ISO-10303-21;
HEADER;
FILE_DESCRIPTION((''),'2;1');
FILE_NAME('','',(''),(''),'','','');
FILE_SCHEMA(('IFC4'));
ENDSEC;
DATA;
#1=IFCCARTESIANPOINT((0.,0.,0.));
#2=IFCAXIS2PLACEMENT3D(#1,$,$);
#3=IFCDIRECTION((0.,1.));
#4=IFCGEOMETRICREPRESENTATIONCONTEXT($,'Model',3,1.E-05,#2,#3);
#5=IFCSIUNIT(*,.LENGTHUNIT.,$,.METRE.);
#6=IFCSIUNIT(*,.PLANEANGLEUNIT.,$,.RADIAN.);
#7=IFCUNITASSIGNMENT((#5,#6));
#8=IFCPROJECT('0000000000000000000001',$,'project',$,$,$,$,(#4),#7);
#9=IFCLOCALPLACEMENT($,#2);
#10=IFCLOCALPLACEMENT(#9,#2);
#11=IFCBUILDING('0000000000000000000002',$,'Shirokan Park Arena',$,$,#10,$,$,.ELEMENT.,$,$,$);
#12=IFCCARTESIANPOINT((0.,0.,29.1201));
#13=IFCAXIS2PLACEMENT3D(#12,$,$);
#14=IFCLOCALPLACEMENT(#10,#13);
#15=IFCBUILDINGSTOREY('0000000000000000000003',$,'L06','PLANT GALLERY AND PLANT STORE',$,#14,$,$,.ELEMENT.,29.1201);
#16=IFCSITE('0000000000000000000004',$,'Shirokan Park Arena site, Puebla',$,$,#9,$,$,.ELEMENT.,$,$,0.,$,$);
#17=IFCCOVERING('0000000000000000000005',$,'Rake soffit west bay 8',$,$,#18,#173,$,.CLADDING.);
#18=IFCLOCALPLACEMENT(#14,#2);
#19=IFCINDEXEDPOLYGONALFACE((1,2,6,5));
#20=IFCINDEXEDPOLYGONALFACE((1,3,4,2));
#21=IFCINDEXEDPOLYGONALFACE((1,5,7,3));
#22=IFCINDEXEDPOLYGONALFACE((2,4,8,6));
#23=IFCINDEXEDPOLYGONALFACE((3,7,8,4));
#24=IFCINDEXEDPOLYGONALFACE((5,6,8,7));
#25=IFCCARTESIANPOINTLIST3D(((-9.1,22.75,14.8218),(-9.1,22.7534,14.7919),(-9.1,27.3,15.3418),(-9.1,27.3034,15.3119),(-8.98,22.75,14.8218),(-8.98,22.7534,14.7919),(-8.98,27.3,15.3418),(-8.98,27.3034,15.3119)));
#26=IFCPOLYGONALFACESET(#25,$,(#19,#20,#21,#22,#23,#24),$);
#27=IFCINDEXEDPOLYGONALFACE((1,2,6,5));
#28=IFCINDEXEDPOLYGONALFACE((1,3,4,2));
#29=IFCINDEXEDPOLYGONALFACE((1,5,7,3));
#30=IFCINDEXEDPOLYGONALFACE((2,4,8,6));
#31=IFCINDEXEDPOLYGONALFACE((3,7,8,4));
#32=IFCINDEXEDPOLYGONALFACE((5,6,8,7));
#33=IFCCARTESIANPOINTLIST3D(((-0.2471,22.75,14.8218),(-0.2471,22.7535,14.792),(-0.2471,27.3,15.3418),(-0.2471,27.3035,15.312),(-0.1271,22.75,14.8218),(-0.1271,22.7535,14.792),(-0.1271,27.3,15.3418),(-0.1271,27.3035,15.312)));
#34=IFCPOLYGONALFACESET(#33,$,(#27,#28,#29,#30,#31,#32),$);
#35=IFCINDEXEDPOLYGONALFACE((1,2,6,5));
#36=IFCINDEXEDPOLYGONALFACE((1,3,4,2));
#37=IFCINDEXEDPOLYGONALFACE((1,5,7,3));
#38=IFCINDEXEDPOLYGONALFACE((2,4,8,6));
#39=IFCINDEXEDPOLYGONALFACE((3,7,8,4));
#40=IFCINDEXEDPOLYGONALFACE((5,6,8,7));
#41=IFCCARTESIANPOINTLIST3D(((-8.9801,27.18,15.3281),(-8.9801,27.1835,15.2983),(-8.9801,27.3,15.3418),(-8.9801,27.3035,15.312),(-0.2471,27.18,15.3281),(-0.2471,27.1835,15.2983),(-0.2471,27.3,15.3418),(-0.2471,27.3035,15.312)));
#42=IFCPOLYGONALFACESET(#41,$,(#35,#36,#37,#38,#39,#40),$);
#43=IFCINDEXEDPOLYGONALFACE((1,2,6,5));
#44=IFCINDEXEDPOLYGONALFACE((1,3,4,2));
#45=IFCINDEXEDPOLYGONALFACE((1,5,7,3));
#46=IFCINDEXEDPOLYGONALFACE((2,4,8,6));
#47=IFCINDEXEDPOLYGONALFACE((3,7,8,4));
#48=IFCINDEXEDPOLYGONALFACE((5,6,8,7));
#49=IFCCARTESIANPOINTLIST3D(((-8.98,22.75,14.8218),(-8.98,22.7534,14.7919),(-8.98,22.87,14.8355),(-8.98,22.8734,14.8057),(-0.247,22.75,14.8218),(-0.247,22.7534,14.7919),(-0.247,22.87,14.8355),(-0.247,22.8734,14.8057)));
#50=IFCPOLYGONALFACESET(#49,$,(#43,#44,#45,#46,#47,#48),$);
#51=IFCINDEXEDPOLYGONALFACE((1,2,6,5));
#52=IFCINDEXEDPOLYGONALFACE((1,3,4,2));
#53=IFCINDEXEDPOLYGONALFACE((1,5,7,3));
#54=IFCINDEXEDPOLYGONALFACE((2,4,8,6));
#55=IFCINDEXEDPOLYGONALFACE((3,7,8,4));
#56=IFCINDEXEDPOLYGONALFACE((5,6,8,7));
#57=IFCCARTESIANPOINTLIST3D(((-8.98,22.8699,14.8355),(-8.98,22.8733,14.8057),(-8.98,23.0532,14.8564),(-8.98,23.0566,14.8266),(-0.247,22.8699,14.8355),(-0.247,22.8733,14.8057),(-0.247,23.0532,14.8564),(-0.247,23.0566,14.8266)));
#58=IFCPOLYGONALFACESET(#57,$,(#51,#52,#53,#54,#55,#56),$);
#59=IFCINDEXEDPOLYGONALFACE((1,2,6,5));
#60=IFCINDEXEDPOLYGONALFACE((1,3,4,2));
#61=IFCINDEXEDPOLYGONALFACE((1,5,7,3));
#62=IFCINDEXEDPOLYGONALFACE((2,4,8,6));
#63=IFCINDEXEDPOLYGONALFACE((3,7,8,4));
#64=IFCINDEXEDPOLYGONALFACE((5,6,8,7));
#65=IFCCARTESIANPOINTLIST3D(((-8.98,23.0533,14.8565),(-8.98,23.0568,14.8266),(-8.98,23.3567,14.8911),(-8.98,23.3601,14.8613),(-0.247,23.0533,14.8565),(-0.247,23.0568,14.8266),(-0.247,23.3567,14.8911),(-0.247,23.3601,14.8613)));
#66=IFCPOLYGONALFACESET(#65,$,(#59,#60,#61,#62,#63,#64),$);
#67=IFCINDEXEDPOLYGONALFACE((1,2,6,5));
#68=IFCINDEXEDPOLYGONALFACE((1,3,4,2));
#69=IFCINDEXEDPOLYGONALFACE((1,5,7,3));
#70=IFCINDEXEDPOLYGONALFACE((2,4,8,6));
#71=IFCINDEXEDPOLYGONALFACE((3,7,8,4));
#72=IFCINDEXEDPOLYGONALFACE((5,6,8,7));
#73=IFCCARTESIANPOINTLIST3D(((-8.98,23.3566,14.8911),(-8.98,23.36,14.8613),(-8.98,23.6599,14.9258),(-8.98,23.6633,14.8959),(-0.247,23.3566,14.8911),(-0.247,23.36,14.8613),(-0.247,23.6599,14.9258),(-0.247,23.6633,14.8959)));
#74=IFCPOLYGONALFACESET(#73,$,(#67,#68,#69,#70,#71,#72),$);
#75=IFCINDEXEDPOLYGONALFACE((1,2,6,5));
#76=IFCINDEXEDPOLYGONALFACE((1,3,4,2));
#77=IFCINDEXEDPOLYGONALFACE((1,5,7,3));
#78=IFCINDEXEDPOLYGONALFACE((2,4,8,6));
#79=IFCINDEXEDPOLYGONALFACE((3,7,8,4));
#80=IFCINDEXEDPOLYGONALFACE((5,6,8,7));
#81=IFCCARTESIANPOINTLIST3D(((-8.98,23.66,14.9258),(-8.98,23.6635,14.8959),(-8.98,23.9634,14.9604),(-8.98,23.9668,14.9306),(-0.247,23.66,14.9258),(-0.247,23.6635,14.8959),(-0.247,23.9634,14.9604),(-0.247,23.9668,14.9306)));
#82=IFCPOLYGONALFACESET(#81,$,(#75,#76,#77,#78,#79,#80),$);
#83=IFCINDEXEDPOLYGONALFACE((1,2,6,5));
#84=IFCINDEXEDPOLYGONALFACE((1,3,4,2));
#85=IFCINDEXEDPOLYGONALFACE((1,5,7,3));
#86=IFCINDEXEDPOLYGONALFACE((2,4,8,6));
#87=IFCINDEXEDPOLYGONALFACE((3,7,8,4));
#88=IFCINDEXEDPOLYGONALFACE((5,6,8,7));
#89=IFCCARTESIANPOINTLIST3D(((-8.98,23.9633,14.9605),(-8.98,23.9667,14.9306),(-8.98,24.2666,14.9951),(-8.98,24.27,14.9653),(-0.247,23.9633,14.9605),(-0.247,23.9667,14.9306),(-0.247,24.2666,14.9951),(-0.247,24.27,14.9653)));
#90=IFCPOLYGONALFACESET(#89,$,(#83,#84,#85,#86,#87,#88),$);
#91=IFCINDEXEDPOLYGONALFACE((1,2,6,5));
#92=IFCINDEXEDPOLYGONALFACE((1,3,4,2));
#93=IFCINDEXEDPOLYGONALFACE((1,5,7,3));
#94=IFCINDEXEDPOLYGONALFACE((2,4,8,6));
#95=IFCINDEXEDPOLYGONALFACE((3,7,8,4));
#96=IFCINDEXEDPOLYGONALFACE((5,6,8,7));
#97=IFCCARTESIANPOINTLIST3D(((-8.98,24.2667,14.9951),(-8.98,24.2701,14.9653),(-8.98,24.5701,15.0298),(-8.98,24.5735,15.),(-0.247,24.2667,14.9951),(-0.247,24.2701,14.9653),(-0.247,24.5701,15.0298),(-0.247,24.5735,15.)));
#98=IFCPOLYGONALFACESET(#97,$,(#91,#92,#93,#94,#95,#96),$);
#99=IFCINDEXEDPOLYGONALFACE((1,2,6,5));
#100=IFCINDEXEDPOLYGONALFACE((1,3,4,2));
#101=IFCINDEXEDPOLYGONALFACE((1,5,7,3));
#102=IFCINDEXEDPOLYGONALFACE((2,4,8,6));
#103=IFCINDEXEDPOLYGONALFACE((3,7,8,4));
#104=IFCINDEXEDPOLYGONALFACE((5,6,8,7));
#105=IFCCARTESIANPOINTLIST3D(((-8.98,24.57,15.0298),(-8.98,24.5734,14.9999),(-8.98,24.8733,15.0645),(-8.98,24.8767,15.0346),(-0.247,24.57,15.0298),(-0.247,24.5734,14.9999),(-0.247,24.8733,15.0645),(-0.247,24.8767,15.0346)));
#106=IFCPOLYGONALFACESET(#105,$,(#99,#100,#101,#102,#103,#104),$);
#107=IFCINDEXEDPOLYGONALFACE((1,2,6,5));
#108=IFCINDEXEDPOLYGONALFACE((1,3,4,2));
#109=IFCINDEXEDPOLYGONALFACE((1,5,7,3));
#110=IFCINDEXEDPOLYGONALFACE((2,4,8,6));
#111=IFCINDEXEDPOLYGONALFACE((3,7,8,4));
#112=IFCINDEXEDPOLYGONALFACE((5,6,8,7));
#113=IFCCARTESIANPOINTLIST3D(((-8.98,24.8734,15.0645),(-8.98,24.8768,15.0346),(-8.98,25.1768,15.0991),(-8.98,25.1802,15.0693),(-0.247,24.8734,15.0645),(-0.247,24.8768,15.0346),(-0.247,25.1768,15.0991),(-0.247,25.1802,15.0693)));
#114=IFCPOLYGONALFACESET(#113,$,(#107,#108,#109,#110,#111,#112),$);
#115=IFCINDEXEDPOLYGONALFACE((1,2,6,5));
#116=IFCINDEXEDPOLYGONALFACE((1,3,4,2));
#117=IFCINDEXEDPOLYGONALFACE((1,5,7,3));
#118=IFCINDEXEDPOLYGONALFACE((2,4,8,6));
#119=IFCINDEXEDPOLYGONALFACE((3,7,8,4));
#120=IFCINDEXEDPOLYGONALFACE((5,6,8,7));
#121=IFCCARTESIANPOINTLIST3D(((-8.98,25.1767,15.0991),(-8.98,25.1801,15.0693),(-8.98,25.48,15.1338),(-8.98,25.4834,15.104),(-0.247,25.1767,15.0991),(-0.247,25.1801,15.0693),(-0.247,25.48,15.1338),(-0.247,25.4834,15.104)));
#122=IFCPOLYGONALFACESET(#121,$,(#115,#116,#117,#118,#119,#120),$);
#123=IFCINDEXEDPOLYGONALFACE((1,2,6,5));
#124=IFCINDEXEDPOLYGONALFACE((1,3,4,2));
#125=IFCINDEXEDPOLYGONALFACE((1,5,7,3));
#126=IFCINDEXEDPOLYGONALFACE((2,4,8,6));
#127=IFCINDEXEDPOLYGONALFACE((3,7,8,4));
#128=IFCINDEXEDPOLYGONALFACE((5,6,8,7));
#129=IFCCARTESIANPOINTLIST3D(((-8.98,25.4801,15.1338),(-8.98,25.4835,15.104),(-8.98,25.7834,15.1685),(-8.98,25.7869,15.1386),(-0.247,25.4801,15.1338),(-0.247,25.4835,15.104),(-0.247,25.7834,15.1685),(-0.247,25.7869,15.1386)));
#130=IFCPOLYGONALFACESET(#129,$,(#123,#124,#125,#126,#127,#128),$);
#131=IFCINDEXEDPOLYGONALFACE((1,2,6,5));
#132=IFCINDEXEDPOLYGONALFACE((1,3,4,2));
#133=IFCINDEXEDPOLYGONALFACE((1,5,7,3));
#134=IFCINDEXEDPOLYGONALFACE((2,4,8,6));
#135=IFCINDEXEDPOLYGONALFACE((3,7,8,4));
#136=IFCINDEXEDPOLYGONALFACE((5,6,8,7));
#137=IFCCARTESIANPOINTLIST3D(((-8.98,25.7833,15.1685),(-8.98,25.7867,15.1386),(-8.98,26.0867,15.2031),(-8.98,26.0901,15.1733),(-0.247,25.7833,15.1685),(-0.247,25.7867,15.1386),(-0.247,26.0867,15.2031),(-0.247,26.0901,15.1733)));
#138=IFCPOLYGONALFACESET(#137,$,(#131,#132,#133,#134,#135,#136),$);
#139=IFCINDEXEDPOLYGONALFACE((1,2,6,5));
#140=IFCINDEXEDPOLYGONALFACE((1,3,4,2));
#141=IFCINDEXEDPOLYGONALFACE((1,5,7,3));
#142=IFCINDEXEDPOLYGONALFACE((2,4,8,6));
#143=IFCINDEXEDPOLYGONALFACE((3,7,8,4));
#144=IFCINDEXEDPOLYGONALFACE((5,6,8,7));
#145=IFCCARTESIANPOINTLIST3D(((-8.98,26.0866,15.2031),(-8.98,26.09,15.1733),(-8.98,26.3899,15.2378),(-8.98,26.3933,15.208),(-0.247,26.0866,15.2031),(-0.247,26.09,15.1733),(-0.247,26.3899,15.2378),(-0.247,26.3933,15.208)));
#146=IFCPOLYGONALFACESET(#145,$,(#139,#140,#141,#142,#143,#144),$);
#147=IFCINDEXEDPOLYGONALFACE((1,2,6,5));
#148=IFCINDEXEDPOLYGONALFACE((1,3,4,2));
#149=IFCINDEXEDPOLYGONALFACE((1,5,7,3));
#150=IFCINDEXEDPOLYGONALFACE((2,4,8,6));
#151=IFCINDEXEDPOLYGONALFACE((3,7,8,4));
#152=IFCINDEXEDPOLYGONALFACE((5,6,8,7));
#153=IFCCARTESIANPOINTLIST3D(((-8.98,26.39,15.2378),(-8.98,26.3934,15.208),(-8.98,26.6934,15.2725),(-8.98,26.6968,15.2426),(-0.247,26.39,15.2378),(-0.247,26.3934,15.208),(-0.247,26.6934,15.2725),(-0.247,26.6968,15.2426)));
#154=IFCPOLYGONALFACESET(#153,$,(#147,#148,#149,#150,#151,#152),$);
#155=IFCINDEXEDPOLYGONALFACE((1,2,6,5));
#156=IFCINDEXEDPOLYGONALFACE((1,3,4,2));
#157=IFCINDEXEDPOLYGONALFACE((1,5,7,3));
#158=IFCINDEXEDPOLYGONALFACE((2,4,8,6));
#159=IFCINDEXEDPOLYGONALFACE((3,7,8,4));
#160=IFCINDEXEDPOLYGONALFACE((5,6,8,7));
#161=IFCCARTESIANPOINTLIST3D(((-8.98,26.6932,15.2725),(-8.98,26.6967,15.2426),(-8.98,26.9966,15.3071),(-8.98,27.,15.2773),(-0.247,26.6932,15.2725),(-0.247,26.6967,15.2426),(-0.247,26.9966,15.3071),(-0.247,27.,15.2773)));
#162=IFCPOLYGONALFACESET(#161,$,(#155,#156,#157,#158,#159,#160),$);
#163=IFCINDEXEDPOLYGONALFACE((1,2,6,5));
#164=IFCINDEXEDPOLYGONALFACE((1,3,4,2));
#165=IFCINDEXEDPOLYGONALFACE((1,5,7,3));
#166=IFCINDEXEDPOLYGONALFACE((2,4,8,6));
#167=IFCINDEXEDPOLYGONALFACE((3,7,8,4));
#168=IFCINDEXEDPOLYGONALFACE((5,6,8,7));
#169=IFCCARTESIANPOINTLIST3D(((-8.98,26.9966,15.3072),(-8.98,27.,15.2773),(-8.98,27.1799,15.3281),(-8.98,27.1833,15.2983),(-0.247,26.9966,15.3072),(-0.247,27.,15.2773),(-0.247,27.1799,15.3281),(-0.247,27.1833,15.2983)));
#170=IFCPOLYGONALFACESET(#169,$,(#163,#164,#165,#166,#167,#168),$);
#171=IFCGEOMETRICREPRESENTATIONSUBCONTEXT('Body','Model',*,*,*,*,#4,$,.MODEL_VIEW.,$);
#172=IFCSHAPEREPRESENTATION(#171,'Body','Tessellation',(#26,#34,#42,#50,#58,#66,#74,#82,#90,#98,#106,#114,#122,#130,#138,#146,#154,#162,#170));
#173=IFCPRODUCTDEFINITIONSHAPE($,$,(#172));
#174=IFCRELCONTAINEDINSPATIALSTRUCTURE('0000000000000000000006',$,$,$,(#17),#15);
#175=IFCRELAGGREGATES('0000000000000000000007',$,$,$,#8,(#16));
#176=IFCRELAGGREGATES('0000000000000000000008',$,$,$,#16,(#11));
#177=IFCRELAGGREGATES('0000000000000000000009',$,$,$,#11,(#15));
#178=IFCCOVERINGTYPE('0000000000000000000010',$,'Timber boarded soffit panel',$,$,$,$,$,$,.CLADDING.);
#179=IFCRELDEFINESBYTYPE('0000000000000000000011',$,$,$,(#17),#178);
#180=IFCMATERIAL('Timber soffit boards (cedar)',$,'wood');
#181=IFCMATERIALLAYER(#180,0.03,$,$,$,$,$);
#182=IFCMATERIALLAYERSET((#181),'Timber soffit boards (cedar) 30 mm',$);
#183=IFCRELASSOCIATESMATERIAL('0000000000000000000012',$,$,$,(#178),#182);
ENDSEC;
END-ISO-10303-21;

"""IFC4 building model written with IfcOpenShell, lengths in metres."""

from ifc_helpers import new_model, si_unit, direction, frame, origin, place, context, subcontext, project, spatial, polyline, outline, extrude, material, layer, layer_set, type_object, element, save


model = new_model("IFC4")

# Units and contexts
model_context = context("Model", 3, precision=1e-05, world=origin(), true_north=direction((0.0, 1.0)))
body_context = subcontext(model_context, "Body", "Model", "MODEL_VIEW")
ifc_project = project(units=[si_unit("LENGTHUNIT", "METRE"), si_unit("PLANEANGLEUNIT", "RADIAN")], contexts=[model_context])

# Site, building, storey
site_placement = place(None, origin())
site = spatial("IfcSite", under=ifc_project, at=site_placement, Name="Shirokan Park Arena site, Puebla", CompositionType="ELEMENT", RefElevation=0.0)
building_placement = place(site_placement, origin())
building = spatial("IfcBuilding", under=site, at=building_placement, Name="Shirokan Park Arena", CompositionType="ELEMENT")
storey_placement = place(building_placement, frame((0.0, 0.0, 29.1201)))
storey = spatial("IfcBuildingStorey", under=building, at=storey_placement, Name="L06", Description="PLANT GALLERY AND PLANT STORE", CompositionType="ELEMENT", Elevation=29.1201)

# Covering
ifc_material = material(Name="Timber soffit boards (cedar)", Category="wood")
ifc_layer = layer(ifc_material, 0.03)
ifc_layer_set = layer_set([ifc_layer], Name="Timber soffit boards (cedar) 30 mm")
covering_type = type_object("IfcCoveringType", Name="Timber boarded soffit panel", PredefinedType="CLADDING", material=ifc_layer_set)
covering_1_placement = place(storey_placement, origin())
element("IfcCovering", 1, at=covering_1_placement, inside=storey, type_object=covering_type, Name="Rake soffit west bay 8", PredefinedType="CLADDING", context=body_context, shape_type="SweptSolid", body=[
    extrude(outline(polyline([(0.0, 0.0), (0.12, 0.0), (0.12, -4.5796), (0.0, -4.5796), (0.0, 0.0)])), frame((-8.98, 22.75, 14.8218), z_axis=(0.0, -0.113547, 0.993533), x_axis=(-1.0, 0.0, 0.0)), (0.0, 0.0, -1.0), 0.03),
    extrude(outline(polyline([(0.0, 0.0), (0.12, 0.0), (0.12, -4.5796), (0.0, -4.5796), (0.0, 0.0)])), frame((-0.2471, 27.3, 15.3418), z_axis=(0.0, -0.113547, 0.993533), x_axis=(1.0, 0.0, 0.0)), (0.0, 0.0, -1.0), 0.03),
    extrude(outline(polyline([(0.0, 0.0), (0.1208, 0.0), (0.1208, -8.733), (0.0, -8.733), (0.0, 0.0)])), frame((-0.2471, 27.3, 15.3418), z_axis=(0.0, -0.113512, 0.993537), x_axis=(0.0, -0.993537, -0.113512)), (0.0, 0.0, -1.0), 0.03),
    extrude(outline(polyline([(0.0, 0.0), (0.1208, 0.0), (0.1208, -8.733), (0.0, -8.733), (0.0, 0.0)])), frame((-8.98, 22.75, 14.8218), z_axis=(0.0, -0.113512, 0.993537), x_axis=(0.0, 0.993537, 0.113512)), (0.0, 0.0, -1.0), 0.03),
    extrude(outline(polyline([(0.0, 0.0), (8.733, 0.0), (8.733, -0.1845), (0.0, -0.1845), (0.0, 0.0)])), frame((-8.98, 23.0532, 14.8564), z_axis=(0.0, -0.113589, 0.993528), x_axis=(1.0, 0.0, 0.0)), (0.0, 0.0, -1.0), 0.03),
    extrude(outline(polyline([(0.0, 0.0), (8.733, 0.0), (8.733, -0.3053), (0.0, -0.3053), (0.0, 0.0)])), frame((-8.98, 23.3567, 14.8911), z_axis=(0.0, -0.113523, 0.993535), x_axis=(1.0, 0.0, 0.0)), (0.0, 0.0, -1.0), 0.03),
    extrude(outline(polyline([(0.0, 0.0), (8.733, 0.0), (8.733, -0.3053), (0.0, -0.3053), (0.0, 0.0)])), frame((-8.98, 23.6599, 14.9258), z_axis=(0.0, -0.113559, 0.993531), x_axis=(1.0, 0.0, 0.0)), (0.0, 0.0, -1.0), 0.03),
    extrude(outline(polyline([(0.0, 0.0), (8.733, 0.0), (8.733, -0.3053), (0.0, -0.3053), (0.0, 0.0)])), frame((-8.98, 23.9634, 14.9604), z_axis=(0.0, -0.113559, 0.993531), x_axis=(1.0, 0.0, 0.0)), (0.0, 0.0, -1.0), 0.03),
    extrude(outline(polyline([(0.0, 0.0), (8.733, 0.0), (8.733, -0.3053), (0.0, -0.3053), (0.0, 0.0)])), frame((-8.98, 24.2666, 14.9951), z_axis=(0.0, -0.113523, 0.993535), x_axis=(1.0, 0.0, 0.0)), (0.0, 0.0, -1.0), 0.03),
    extrude(outline(polyline([(0.0, 0.0), (8.733, 0.0), (8.733, -0.3053), (0.0, -0.3053), (0.0, 0.0)])), frame((-8.98, 24.5701, 15.0298), z_axis=(0.0, -0.113559, 0.993531), x_axis=(1.0, 0.0, 0.0)), (0.0, 0.0, -1.0), 0.03),
    extrude(outline(polyline([(0.0, 0.0), (8.733, 0.0), (8.733, -0.3053), (0.0, -0.3053), (0.0, 0.0)])), frame((-8.98, 24.8733, 15.0645), z_axis=(0.0, -0.113559, 0.993531), x_axis=(1.0, 0.0, 0.0)), (0.0, 0.0, -1.0), 0.03),
    extrude(outline(polyline([(0.0, 0.0), (8.733, 0.0), (8.733, -0.3053), (0.0, -0.3053), (0.0, 0.0)])), frame((-8.98, 25.1768, 15.0991), z_axis=(0.0, -0.113523, 0.993535), x_axis=(1.0, 0.0, 0.0)), (0.0, 0.0, -1.0), 0.03),
    extrude(outline(polyline([(0.0, 0.0), (8.733, 0.0), (8.733, -0.3053), (0.0, -0.3053), (0.0, 0.0)])), frame((-8.98, 25.48, 15.1338), z_axis=(0.0, -0.113559, 0.993531), x_axis=(1.0, 0.0, 0.0)), (0.0, 0.0, -1.0), 0.03),
    extrude(outline(polyline([(0.0, 0.0), (8.733, 0.0), (8.733, -0.3053), (0.0, -0.3053), (0.0, 0.0)])), frame((-8.98, 25.7834, 15.1685), z_axis=(0.0, -0.113559, 0.993531), x_axis=(1.0, 0.0, 0.0)), (0.0, 0.0, -1.0), 0.03),
    extrude(outline(polyline([(0.0, 0.0), (8.733, 0.0), (8.733, -0.3053), (0.0, -0.3053), (0.0, 0.0)])), frame((-8.98, 26.0867, 15.2031), z_axis=(0.0, -0.113523, 0.993535), x_axis=(1.0, 0.0, 0.0)), (0.0, 0.0, -1.0), 0.03),
    extrude(outline(polyline([(0.0, 0.0), (8.733, 0.0), (8.733, -0.3053), (0.0, -0.3053), (0.0, 0.0)])), frame((-8.98, 26.3899, 15.2378), z_axis=(0.0, -0.113559, 0.993531), x_axis=(1.0, 0.0, 0.0)), (0.0, 0.0, -1.0), 0.03),
    extrude(outline(polyline([(0.0, 0.0), (8.733, 0.0), (8.733, -0.3053), (0.0, -0.3053), (0.0, 0.0)])), frame((-8.98, 26.6934, 15.2725), z_axis=(0.0, -0.113559, 0.993531), x_axis=(1.0, 0.0, 0.0)), (0.0, 0.0, -1.0), 0.03),
    extrude(outline(polyline([(0.0, 0.0), (8.733, 0.0), (8.733, -0.3053), (0.0, -0.3053), (0.0, 0.0)])), frame((-8.98, 26.9966, 15.3071), z_axis=(0.0, -0.113523, 0.993535), x_axis=(1.0, 0.0, 0.0)), (0.0, 0.0, -1.0), 0.03),
    extrude(outline(polyline([(0.0, 0.0), (8.733, 0.0), (8.733, -0.1845), (0.0, -0.1845), (0.0, 0.0)])), frame((-8.98, 27.1799, 15.3281), z_axis=(0.0, -0.113589, 0.993528), x_axis=(1.0, 0.0, 0.0)), (0.0, 0.0, -1.0), 0.03),
])

save(model, "model.ifc")
